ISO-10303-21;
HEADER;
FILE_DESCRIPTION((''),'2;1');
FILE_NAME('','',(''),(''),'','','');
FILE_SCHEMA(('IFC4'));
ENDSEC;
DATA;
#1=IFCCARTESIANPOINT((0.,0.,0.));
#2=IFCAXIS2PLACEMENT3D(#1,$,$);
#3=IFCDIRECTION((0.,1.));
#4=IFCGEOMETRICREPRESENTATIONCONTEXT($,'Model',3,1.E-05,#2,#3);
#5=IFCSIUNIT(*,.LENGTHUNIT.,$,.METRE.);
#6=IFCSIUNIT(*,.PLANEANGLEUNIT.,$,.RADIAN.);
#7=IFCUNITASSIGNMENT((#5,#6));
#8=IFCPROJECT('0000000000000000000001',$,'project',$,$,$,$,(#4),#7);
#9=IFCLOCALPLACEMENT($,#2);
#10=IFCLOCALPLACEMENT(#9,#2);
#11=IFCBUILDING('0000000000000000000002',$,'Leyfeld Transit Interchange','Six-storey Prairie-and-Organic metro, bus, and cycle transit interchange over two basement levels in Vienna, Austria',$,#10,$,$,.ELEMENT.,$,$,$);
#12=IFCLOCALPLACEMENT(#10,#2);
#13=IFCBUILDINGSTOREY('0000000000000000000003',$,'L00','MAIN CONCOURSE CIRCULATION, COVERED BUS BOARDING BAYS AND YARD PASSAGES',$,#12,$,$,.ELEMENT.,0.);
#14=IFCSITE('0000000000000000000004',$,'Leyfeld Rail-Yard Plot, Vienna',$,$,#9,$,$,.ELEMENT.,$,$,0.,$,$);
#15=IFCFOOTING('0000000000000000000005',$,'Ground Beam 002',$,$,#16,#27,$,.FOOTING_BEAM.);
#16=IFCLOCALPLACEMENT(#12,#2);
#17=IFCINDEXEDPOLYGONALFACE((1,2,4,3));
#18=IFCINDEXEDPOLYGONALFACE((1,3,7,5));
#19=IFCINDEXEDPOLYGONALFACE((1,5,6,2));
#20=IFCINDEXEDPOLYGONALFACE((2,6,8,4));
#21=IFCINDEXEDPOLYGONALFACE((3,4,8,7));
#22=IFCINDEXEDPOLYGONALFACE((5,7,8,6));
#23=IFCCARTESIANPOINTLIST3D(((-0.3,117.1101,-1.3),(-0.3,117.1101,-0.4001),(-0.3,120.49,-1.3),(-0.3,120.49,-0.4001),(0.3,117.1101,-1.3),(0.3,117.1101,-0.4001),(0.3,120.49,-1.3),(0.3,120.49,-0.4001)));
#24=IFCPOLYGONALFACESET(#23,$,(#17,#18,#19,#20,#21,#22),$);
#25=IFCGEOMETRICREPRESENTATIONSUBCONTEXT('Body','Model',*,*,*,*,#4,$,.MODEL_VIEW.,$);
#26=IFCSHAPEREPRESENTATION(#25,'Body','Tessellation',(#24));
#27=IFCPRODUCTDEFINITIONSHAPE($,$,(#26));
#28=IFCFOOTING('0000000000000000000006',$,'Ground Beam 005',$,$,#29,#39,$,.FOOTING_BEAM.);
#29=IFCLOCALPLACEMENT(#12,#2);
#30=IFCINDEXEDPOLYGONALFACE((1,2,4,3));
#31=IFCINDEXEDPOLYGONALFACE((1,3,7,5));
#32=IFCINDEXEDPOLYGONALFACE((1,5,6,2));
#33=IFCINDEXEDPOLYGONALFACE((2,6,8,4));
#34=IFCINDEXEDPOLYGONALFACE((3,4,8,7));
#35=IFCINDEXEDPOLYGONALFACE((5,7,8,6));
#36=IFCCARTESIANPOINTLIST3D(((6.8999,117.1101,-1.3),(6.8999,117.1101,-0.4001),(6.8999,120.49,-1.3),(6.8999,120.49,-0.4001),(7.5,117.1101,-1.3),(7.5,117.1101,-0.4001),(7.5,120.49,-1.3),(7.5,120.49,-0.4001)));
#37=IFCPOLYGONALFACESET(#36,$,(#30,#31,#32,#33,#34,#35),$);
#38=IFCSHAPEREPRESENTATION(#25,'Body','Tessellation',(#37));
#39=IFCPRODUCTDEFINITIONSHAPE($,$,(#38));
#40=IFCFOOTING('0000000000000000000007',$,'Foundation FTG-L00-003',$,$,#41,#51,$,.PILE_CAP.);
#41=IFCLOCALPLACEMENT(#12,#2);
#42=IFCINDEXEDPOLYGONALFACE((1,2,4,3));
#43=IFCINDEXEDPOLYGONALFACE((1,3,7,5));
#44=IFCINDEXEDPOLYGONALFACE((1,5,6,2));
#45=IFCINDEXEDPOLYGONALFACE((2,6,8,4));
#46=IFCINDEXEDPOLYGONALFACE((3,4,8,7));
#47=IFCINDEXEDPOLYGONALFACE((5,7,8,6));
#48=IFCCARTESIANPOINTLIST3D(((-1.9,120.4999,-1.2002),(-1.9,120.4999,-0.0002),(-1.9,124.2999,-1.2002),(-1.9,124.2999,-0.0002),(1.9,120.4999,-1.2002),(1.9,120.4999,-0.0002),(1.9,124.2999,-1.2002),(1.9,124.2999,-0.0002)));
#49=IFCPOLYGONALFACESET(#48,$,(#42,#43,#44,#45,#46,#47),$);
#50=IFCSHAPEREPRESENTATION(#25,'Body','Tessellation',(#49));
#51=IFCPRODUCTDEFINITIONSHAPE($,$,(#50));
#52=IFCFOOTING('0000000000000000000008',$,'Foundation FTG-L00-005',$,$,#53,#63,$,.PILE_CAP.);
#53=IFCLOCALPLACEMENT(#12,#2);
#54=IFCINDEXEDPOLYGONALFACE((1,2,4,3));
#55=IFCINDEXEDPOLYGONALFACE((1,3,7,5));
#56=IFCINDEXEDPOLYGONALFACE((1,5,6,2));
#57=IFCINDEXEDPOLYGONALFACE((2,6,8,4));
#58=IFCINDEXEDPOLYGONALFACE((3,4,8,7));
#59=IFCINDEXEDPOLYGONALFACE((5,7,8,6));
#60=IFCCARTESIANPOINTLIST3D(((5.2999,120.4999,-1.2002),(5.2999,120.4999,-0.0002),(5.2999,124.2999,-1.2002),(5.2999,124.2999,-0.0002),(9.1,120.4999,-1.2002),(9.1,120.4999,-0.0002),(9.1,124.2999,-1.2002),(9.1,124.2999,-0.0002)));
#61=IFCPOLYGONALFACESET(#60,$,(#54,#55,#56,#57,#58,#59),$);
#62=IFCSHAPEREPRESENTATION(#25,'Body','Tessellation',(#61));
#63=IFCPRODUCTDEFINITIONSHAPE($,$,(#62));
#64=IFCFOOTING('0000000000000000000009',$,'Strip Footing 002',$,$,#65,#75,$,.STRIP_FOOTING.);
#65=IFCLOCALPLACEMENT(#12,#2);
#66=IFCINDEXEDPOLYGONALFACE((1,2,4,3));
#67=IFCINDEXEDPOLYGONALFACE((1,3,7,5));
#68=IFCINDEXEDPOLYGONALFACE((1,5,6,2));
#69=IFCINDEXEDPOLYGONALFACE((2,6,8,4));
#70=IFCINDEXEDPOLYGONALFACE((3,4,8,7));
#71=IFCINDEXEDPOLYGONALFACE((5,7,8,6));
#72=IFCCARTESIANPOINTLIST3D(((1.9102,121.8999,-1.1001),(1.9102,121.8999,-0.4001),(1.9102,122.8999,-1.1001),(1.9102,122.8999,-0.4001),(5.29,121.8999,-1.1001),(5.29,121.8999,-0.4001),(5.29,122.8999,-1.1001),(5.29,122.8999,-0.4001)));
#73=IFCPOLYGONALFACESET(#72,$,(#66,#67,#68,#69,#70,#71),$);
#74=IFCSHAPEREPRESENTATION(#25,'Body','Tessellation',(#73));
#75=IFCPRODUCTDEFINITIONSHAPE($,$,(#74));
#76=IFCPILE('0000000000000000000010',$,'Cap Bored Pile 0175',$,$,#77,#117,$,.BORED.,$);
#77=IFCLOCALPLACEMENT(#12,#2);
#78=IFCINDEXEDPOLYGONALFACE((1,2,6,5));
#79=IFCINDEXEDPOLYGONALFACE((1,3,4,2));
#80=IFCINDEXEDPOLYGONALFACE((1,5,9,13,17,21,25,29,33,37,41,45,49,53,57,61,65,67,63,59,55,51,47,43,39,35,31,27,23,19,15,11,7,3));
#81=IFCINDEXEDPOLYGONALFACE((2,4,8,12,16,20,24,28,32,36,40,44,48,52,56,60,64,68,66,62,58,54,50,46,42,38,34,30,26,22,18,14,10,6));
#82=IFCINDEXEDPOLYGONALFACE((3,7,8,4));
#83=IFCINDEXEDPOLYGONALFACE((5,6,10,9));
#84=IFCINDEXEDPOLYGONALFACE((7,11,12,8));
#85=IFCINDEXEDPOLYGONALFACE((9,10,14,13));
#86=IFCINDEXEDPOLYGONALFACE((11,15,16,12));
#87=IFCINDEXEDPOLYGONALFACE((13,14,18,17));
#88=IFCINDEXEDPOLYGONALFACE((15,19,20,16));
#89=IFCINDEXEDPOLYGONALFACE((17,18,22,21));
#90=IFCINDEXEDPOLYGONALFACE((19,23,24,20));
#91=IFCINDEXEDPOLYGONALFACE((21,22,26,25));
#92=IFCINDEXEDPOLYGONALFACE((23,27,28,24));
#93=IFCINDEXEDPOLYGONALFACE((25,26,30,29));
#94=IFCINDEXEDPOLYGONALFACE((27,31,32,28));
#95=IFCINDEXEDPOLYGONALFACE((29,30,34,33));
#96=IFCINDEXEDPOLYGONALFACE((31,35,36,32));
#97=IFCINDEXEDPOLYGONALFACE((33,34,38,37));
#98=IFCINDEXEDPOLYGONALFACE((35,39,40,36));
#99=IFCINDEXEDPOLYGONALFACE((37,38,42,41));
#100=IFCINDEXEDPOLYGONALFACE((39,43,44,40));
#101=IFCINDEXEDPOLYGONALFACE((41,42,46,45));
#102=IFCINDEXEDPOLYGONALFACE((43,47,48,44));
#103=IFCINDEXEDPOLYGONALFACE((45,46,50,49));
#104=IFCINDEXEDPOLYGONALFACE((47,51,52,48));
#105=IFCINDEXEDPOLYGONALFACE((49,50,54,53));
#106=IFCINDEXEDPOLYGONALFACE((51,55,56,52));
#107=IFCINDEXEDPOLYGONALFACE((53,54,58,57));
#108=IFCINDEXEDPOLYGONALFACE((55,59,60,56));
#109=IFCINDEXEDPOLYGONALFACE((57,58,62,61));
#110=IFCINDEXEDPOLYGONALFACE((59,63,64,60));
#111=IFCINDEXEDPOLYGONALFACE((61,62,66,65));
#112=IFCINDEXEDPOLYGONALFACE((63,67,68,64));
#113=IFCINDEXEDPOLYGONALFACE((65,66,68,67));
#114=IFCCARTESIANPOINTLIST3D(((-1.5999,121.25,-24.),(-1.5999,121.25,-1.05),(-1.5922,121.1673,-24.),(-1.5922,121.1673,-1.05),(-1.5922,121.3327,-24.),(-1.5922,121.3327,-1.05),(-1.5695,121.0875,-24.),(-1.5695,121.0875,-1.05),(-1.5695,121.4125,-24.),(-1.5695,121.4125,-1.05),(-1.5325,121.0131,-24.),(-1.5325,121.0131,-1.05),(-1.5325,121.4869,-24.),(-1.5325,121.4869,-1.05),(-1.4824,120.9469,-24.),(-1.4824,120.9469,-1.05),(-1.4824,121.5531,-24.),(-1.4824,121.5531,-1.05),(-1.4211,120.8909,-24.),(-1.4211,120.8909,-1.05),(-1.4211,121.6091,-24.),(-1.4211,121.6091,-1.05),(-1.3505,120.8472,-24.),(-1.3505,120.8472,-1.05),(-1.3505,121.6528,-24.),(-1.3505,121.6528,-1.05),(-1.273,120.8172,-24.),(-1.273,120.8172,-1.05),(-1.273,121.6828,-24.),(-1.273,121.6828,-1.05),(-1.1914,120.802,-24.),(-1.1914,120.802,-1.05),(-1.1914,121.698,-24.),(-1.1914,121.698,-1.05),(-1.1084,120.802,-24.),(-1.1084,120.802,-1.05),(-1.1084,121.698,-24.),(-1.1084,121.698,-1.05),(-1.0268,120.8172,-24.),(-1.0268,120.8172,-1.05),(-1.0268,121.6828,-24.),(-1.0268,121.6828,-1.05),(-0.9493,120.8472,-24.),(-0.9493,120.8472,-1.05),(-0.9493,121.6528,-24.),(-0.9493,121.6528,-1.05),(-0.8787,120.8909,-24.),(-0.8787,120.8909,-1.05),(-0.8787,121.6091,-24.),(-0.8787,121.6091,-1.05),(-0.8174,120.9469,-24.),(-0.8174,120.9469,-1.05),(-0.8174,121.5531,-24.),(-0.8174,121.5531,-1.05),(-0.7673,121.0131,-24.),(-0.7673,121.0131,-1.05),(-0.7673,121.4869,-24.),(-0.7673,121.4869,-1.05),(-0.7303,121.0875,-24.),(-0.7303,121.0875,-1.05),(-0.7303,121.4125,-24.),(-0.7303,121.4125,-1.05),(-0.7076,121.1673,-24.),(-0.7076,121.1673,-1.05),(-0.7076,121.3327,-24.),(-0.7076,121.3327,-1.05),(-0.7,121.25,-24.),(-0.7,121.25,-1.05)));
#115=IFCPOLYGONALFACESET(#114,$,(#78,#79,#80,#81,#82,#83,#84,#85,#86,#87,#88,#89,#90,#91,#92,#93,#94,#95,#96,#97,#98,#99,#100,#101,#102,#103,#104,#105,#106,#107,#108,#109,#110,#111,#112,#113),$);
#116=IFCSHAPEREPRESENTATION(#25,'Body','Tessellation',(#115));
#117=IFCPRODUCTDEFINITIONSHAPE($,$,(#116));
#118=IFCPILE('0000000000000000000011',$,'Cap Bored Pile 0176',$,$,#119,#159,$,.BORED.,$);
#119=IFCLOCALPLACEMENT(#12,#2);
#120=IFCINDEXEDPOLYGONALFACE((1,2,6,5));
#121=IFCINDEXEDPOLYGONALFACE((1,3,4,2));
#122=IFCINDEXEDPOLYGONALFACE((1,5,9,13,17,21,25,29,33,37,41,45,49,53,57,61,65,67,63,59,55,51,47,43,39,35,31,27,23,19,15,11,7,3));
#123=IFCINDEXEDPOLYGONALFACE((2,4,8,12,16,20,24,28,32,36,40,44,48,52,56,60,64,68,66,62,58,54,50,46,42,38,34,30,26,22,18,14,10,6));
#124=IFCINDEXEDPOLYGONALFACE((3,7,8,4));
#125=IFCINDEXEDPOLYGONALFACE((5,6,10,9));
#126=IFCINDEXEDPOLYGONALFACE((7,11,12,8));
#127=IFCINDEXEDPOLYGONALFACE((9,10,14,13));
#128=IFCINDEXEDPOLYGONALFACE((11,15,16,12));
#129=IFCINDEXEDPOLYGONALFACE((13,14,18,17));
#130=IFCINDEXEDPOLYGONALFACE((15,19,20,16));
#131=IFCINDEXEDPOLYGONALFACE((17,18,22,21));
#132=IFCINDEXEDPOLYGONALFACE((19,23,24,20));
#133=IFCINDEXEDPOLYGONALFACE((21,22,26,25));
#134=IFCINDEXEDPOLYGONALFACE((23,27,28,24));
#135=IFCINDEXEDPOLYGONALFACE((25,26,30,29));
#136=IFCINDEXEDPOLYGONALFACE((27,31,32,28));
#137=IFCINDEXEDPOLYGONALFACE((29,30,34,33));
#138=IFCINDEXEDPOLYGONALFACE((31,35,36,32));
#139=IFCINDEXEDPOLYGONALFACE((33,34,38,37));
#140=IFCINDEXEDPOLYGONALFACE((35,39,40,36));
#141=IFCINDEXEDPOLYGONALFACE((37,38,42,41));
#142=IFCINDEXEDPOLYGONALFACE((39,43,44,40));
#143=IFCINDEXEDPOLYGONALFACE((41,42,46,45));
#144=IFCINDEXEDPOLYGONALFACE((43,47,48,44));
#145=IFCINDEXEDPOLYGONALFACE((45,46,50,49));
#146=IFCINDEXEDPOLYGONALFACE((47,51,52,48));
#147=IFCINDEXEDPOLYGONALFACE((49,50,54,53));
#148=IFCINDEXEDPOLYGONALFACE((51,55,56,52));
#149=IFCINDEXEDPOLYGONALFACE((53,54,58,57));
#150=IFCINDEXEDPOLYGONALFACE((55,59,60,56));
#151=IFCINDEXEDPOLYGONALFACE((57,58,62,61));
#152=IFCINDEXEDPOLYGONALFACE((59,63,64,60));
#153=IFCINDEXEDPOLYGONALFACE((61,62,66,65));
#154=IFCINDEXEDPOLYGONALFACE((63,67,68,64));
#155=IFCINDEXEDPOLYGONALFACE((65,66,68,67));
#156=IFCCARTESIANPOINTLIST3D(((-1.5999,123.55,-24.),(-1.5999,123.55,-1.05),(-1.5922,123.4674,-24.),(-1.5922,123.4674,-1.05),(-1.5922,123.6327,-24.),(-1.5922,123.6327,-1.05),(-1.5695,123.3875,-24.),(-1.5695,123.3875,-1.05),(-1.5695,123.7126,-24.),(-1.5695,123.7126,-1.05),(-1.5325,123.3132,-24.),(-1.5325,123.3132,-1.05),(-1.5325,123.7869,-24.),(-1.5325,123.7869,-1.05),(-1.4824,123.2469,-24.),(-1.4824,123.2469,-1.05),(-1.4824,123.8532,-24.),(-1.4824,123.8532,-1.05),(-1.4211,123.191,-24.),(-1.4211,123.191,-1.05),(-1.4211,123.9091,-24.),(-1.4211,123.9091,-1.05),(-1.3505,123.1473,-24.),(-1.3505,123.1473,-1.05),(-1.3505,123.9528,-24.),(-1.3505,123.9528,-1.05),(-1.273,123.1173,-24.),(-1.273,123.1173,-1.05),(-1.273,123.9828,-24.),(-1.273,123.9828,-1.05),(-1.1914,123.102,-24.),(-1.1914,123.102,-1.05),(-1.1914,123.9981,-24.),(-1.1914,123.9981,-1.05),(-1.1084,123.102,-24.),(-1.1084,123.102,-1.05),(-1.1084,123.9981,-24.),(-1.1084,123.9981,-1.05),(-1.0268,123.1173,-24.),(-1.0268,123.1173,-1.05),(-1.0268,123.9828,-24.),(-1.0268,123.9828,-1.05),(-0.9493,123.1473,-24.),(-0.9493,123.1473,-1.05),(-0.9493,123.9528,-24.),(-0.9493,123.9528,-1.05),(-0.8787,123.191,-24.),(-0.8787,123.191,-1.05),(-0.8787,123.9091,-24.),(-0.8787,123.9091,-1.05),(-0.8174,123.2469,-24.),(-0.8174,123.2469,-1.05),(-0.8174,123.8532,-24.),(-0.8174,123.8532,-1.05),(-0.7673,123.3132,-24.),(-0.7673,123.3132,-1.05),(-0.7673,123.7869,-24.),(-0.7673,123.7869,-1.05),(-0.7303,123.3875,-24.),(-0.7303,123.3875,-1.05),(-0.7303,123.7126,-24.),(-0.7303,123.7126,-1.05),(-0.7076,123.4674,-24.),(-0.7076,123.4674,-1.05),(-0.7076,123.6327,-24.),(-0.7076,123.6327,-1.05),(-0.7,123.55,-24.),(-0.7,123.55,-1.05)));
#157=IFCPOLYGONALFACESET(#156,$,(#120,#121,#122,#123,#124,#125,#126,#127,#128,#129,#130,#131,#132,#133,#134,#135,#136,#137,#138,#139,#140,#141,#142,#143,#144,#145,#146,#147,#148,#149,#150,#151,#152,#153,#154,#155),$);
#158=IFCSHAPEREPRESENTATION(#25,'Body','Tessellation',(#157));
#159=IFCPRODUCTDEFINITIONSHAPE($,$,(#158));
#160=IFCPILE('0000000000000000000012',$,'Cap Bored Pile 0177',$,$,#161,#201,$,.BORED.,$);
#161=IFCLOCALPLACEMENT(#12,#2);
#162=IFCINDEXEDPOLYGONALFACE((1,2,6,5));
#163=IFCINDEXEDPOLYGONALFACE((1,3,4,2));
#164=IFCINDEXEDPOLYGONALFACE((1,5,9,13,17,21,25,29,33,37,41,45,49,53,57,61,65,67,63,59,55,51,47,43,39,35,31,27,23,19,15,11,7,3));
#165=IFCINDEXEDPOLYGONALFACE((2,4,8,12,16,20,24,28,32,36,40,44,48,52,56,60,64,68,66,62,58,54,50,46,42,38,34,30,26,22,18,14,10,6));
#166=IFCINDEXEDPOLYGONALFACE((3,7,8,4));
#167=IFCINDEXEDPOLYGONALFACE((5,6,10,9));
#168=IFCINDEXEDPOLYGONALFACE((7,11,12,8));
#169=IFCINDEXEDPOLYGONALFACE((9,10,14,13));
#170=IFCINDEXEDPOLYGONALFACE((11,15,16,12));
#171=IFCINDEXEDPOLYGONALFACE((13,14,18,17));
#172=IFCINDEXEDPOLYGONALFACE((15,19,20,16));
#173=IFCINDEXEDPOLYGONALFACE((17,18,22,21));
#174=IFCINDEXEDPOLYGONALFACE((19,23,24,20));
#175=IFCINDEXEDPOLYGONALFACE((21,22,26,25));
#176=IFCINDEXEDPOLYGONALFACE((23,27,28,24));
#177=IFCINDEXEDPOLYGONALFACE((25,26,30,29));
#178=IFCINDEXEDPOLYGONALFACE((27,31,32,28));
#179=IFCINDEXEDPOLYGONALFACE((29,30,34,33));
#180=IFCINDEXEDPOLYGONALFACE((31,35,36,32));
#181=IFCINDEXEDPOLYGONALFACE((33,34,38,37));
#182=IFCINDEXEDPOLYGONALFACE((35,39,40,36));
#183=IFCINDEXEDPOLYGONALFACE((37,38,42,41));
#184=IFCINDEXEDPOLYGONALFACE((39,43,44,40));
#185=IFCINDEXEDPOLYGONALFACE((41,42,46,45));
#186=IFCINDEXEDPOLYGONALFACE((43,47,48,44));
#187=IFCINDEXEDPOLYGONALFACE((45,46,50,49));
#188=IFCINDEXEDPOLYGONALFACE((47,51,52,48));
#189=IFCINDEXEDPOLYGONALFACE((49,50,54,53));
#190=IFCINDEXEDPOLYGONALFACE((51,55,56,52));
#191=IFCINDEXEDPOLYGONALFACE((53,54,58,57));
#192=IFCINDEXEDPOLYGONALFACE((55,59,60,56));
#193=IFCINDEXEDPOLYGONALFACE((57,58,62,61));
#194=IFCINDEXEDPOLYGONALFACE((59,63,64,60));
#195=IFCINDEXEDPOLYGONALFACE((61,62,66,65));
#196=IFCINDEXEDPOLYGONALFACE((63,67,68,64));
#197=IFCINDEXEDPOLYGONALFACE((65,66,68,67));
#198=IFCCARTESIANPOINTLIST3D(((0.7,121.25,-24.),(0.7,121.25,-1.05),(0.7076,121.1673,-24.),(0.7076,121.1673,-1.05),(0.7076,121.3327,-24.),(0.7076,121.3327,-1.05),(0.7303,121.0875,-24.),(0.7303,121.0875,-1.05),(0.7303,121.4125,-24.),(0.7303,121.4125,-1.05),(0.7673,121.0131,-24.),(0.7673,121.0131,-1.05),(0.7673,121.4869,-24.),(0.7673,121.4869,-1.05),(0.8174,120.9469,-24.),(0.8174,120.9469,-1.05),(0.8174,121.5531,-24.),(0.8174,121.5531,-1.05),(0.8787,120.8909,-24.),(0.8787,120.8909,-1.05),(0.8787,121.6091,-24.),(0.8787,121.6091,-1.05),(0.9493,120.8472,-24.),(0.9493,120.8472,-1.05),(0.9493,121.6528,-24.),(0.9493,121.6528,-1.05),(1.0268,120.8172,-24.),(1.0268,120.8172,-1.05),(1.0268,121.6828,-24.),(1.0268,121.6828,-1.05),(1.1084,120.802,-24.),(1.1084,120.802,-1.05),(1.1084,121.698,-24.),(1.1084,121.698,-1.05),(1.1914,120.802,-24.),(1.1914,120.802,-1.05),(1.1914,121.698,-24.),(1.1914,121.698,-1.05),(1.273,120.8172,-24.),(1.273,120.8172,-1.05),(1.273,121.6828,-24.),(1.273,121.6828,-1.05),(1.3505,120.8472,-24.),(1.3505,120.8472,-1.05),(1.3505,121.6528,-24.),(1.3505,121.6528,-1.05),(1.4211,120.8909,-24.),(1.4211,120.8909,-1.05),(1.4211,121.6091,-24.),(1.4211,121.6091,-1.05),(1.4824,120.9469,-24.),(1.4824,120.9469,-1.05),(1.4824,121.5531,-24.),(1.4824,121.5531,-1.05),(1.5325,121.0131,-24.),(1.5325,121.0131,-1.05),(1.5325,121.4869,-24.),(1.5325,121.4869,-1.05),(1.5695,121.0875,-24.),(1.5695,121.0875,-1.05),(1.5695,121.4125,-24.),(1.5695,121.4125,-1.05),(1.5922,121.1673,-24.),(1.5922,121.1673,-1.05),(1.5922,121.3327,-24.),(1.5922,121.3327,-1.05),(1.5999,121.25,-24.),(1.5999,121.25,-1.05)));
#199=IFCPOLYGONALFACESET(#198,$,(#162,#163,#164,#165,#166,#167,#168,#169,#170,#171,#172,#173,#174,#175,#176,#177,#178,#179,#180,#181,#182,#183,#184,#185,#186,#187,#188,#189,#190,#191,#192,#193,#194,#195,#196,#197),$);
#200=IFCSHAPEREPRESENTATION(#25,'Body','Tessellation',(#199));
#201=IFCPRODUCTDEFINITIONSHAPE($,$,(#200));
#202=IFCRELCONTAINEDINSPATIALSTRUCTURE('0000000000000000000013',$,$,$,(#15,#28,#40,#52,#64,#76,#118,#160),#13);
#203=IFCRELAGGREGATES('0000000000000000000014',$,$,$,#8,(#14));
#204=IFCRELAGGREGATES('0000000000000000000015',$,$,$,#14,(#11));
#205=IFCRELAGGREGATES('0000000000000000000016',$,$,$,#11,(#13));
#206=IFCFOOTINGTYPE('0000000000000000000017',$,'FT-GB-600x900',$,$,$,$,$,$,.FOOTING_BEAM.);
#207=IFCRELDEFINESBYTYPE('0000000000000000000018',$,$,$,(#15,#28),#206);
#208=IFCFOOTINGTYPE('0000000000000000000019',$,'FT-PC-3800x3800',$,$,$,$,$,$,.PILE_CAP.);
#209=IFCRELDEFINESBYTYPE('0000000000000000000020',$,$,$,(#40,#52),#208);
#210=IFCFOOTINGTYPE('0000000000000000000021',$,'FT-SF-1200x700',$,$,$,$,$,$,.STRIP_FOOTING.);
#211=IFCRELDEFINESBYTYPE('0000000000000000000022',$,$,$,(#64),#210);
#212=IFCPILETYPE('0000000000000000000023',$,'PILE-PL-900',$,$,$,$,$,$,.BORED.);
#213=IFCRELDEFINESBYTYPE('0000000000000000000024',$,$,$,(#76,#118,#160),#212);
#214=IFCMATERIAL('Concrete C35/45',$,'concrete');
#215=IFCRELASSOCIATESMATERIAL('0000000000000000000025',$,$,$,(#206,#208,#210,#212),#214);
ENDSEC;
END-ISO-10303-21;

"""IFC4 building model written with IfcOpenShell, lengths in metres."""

from ifc_helpers import new_model, si_unit, direction, frame, origin, origin_2d, place, context, subcontext, project, spatial, rectangle, circle, extrude, material, material_profile, profile_set, type_object, element, save


model = new_model("IFC4")

# Units and contexts
model_context = context("Model", 3, precision=1e-05, world=origin(), true_north=direction((0.0, 1.0)))
body_context = subcontext(model_context, "Body", "Model", "MODEL_VIEW")
ifc_project = project(units=[si_unit("LENGTHUNIT", "METRE"), si_unit("PLANEANGLEUNIT", "RADIAN")], contexts=[model_context])

# Site, building, storey
site_placement = place(None, origin())
site = spatial("IfcSite", under=ifc_project, at=site_placement, Name="Leyfeld Rail-Yard Plot, Vienna", CompositionType="ELEMENT", RefElevation=0.0)
building_placement = place(site_placement, origin())
building = spatial("IfcBuilding", under=site, at=building_placement, Name="Leyfeld Transit Interchange", Description="Six-storey Prairie-and-Organic metro, bus, and cycle transit interchange over two basement levels in Vienna, Austria", CompositionType="ELEMENT")
storey_placement = place(building_placement, origin())
storey = spatial("IfcBuildingStorey", under=building, at=storey_placement, Name="L00", Description="MAIN CONCOURSE CIRCULATION, COVERED BUS BOARDING BAYS AND YARD PASSAGES", CompositionType="ELEMENT", Elevation=0.0)

# Footings
ifc_material_1 = material(Name="Concrete C35/45", Category="concrete")
footing_type_1 = type_object("IfcFootingType", Name="FT-GB-600x900", PredefinedType="FOOTING_BEAM", material=ifc_material_1)
for number, where, z_axis, x_axis, name in (
    (1, (0.0, 118.8, -1.3), (0.0, 0.0, 1.0), (1.0, 0.0, 0.0), "Ground Beam 002"),
    (2, (7.2, 118.8, -1.3), (0.0, 0.0, 1.0), (1.0, 0.0, 0.0), "Ground Beam 005"),
):
    element("IfcFooting", number, at=place(storey_placement, frame(where, z_axis=z_axis, x_axis=x_axis)), inside=storey, type_object=footing_type_1, Name=name, PredefinedType="FOOTING_BEAM", context=body_context, shape_type="SweptSolid", body=[
        extrude(rectangle(XDim=0.6001, YDim=3.3799, at=origin_2d()), origin(), (0.0, 0.0, 1.0), 0.8999),
    ])
footing_type_2 = type_object("IfcFootingType", Name="FT-PC-3800x3800", PredefinedType="PILE_CAP", material=ifc_material_1)
for number, where, z_axis, x_axis, name in (
    (3, (0.0, 122.3999, -1.2002), (0.0, 0.0, 1.0), (1.0, 0.0, 0.0), "Foundation FTG-L00-003"),
    (4, (7.2, 122.3999, -1.2002), (0.0, 0.0, 1.0), (1.0, 0.0, 0.0), "Foundation FTG-L00-005"),
):
    element("IfcFooting", number, at=place(storey_placement, frame(where, z_axis=z_axis, x_axis=x_axis)), inside=storey, type_object=footing_type_2, Name=name, PredefinedType="PILE_CAP", context=body_context, shape_type="SweptSolid", body=[
        extrude(rectangle(XDim=3.8, YDim=3.8, at=origin_2d()), origin(), (0.0, 0.0, 1.0), 1.2),
    ])
footing_type_3 = type_object("IfcFootingType", Name="FT-SF-1200x700", PredefinedType="STRIP_FOOTING", material=ifc_material_1)
footing_placement = place(storey_placement, frame((3.6001, 122.3999, -1.1001), z_axis=(0.0, 0.0, 1.0), x_axis=(1.0, 0.0, 0.0)))
element("IfcFooting", 5, at=footing_placement, inside=storey, type_object=footing_type_3, Name="Strip Footing 002", PredefinedType="STRIP_FOOTING", context=body_context, shape_type="SweptSolid", body=[
    extrude(rectangle(XDim=3.3799, YDim=1.0, at=origin_2d()), origin(), (0.0, 0.0, 1.0), 0.7),
])

# Piles
ifc_material_profile_1 = material_profile(ifc_material_1, circle(Radius=0.45, at=origin_2d()), Name="PILE D900")
ifc_profile_set_1 = profile_set([ifc_material_profile_1], Name="Concrete C35/45")
pile_type = type_object("IfcPileType", Name="PILE-PL-900", PredefinedType="BORED", material=ifc_profile_set_1)
for number, where, z_axis, x_axis, name in (
    (6, (-1.1499, 121.25, -1.05), (0.0, 0.0, -1.0), (1.0, 0.0, 0.0), "Cap Bored Pile 0175"),
    (7, (-1.1499, 123.55, -1.05), (0.0, 0.0, -1.0), (1.0, 0.0, 0.0), "Cap Bored Pile 0176"),
    (8, (1.1499, 121.25, -1.05), (0.0, 0.0, -1.0), (1.0, 0.0, 0.0), "Cap Bored Pile 0177"),
):
    element("IfcPile", number, at=place(storey_placement, frame(where, z_axis=z_axis, x_axis=x_axis)), inside=storey, type_object=pile_type, Name=name, PredefinedType="BORED", context=body_context, shape_type="SweptSolid", body=[
        extrude(circle(Radius=0.45, at=origin_2d()), origin(), (0.0, 0.0, 1.0), 22.95),
    ])

save(model, "model.ifc")
